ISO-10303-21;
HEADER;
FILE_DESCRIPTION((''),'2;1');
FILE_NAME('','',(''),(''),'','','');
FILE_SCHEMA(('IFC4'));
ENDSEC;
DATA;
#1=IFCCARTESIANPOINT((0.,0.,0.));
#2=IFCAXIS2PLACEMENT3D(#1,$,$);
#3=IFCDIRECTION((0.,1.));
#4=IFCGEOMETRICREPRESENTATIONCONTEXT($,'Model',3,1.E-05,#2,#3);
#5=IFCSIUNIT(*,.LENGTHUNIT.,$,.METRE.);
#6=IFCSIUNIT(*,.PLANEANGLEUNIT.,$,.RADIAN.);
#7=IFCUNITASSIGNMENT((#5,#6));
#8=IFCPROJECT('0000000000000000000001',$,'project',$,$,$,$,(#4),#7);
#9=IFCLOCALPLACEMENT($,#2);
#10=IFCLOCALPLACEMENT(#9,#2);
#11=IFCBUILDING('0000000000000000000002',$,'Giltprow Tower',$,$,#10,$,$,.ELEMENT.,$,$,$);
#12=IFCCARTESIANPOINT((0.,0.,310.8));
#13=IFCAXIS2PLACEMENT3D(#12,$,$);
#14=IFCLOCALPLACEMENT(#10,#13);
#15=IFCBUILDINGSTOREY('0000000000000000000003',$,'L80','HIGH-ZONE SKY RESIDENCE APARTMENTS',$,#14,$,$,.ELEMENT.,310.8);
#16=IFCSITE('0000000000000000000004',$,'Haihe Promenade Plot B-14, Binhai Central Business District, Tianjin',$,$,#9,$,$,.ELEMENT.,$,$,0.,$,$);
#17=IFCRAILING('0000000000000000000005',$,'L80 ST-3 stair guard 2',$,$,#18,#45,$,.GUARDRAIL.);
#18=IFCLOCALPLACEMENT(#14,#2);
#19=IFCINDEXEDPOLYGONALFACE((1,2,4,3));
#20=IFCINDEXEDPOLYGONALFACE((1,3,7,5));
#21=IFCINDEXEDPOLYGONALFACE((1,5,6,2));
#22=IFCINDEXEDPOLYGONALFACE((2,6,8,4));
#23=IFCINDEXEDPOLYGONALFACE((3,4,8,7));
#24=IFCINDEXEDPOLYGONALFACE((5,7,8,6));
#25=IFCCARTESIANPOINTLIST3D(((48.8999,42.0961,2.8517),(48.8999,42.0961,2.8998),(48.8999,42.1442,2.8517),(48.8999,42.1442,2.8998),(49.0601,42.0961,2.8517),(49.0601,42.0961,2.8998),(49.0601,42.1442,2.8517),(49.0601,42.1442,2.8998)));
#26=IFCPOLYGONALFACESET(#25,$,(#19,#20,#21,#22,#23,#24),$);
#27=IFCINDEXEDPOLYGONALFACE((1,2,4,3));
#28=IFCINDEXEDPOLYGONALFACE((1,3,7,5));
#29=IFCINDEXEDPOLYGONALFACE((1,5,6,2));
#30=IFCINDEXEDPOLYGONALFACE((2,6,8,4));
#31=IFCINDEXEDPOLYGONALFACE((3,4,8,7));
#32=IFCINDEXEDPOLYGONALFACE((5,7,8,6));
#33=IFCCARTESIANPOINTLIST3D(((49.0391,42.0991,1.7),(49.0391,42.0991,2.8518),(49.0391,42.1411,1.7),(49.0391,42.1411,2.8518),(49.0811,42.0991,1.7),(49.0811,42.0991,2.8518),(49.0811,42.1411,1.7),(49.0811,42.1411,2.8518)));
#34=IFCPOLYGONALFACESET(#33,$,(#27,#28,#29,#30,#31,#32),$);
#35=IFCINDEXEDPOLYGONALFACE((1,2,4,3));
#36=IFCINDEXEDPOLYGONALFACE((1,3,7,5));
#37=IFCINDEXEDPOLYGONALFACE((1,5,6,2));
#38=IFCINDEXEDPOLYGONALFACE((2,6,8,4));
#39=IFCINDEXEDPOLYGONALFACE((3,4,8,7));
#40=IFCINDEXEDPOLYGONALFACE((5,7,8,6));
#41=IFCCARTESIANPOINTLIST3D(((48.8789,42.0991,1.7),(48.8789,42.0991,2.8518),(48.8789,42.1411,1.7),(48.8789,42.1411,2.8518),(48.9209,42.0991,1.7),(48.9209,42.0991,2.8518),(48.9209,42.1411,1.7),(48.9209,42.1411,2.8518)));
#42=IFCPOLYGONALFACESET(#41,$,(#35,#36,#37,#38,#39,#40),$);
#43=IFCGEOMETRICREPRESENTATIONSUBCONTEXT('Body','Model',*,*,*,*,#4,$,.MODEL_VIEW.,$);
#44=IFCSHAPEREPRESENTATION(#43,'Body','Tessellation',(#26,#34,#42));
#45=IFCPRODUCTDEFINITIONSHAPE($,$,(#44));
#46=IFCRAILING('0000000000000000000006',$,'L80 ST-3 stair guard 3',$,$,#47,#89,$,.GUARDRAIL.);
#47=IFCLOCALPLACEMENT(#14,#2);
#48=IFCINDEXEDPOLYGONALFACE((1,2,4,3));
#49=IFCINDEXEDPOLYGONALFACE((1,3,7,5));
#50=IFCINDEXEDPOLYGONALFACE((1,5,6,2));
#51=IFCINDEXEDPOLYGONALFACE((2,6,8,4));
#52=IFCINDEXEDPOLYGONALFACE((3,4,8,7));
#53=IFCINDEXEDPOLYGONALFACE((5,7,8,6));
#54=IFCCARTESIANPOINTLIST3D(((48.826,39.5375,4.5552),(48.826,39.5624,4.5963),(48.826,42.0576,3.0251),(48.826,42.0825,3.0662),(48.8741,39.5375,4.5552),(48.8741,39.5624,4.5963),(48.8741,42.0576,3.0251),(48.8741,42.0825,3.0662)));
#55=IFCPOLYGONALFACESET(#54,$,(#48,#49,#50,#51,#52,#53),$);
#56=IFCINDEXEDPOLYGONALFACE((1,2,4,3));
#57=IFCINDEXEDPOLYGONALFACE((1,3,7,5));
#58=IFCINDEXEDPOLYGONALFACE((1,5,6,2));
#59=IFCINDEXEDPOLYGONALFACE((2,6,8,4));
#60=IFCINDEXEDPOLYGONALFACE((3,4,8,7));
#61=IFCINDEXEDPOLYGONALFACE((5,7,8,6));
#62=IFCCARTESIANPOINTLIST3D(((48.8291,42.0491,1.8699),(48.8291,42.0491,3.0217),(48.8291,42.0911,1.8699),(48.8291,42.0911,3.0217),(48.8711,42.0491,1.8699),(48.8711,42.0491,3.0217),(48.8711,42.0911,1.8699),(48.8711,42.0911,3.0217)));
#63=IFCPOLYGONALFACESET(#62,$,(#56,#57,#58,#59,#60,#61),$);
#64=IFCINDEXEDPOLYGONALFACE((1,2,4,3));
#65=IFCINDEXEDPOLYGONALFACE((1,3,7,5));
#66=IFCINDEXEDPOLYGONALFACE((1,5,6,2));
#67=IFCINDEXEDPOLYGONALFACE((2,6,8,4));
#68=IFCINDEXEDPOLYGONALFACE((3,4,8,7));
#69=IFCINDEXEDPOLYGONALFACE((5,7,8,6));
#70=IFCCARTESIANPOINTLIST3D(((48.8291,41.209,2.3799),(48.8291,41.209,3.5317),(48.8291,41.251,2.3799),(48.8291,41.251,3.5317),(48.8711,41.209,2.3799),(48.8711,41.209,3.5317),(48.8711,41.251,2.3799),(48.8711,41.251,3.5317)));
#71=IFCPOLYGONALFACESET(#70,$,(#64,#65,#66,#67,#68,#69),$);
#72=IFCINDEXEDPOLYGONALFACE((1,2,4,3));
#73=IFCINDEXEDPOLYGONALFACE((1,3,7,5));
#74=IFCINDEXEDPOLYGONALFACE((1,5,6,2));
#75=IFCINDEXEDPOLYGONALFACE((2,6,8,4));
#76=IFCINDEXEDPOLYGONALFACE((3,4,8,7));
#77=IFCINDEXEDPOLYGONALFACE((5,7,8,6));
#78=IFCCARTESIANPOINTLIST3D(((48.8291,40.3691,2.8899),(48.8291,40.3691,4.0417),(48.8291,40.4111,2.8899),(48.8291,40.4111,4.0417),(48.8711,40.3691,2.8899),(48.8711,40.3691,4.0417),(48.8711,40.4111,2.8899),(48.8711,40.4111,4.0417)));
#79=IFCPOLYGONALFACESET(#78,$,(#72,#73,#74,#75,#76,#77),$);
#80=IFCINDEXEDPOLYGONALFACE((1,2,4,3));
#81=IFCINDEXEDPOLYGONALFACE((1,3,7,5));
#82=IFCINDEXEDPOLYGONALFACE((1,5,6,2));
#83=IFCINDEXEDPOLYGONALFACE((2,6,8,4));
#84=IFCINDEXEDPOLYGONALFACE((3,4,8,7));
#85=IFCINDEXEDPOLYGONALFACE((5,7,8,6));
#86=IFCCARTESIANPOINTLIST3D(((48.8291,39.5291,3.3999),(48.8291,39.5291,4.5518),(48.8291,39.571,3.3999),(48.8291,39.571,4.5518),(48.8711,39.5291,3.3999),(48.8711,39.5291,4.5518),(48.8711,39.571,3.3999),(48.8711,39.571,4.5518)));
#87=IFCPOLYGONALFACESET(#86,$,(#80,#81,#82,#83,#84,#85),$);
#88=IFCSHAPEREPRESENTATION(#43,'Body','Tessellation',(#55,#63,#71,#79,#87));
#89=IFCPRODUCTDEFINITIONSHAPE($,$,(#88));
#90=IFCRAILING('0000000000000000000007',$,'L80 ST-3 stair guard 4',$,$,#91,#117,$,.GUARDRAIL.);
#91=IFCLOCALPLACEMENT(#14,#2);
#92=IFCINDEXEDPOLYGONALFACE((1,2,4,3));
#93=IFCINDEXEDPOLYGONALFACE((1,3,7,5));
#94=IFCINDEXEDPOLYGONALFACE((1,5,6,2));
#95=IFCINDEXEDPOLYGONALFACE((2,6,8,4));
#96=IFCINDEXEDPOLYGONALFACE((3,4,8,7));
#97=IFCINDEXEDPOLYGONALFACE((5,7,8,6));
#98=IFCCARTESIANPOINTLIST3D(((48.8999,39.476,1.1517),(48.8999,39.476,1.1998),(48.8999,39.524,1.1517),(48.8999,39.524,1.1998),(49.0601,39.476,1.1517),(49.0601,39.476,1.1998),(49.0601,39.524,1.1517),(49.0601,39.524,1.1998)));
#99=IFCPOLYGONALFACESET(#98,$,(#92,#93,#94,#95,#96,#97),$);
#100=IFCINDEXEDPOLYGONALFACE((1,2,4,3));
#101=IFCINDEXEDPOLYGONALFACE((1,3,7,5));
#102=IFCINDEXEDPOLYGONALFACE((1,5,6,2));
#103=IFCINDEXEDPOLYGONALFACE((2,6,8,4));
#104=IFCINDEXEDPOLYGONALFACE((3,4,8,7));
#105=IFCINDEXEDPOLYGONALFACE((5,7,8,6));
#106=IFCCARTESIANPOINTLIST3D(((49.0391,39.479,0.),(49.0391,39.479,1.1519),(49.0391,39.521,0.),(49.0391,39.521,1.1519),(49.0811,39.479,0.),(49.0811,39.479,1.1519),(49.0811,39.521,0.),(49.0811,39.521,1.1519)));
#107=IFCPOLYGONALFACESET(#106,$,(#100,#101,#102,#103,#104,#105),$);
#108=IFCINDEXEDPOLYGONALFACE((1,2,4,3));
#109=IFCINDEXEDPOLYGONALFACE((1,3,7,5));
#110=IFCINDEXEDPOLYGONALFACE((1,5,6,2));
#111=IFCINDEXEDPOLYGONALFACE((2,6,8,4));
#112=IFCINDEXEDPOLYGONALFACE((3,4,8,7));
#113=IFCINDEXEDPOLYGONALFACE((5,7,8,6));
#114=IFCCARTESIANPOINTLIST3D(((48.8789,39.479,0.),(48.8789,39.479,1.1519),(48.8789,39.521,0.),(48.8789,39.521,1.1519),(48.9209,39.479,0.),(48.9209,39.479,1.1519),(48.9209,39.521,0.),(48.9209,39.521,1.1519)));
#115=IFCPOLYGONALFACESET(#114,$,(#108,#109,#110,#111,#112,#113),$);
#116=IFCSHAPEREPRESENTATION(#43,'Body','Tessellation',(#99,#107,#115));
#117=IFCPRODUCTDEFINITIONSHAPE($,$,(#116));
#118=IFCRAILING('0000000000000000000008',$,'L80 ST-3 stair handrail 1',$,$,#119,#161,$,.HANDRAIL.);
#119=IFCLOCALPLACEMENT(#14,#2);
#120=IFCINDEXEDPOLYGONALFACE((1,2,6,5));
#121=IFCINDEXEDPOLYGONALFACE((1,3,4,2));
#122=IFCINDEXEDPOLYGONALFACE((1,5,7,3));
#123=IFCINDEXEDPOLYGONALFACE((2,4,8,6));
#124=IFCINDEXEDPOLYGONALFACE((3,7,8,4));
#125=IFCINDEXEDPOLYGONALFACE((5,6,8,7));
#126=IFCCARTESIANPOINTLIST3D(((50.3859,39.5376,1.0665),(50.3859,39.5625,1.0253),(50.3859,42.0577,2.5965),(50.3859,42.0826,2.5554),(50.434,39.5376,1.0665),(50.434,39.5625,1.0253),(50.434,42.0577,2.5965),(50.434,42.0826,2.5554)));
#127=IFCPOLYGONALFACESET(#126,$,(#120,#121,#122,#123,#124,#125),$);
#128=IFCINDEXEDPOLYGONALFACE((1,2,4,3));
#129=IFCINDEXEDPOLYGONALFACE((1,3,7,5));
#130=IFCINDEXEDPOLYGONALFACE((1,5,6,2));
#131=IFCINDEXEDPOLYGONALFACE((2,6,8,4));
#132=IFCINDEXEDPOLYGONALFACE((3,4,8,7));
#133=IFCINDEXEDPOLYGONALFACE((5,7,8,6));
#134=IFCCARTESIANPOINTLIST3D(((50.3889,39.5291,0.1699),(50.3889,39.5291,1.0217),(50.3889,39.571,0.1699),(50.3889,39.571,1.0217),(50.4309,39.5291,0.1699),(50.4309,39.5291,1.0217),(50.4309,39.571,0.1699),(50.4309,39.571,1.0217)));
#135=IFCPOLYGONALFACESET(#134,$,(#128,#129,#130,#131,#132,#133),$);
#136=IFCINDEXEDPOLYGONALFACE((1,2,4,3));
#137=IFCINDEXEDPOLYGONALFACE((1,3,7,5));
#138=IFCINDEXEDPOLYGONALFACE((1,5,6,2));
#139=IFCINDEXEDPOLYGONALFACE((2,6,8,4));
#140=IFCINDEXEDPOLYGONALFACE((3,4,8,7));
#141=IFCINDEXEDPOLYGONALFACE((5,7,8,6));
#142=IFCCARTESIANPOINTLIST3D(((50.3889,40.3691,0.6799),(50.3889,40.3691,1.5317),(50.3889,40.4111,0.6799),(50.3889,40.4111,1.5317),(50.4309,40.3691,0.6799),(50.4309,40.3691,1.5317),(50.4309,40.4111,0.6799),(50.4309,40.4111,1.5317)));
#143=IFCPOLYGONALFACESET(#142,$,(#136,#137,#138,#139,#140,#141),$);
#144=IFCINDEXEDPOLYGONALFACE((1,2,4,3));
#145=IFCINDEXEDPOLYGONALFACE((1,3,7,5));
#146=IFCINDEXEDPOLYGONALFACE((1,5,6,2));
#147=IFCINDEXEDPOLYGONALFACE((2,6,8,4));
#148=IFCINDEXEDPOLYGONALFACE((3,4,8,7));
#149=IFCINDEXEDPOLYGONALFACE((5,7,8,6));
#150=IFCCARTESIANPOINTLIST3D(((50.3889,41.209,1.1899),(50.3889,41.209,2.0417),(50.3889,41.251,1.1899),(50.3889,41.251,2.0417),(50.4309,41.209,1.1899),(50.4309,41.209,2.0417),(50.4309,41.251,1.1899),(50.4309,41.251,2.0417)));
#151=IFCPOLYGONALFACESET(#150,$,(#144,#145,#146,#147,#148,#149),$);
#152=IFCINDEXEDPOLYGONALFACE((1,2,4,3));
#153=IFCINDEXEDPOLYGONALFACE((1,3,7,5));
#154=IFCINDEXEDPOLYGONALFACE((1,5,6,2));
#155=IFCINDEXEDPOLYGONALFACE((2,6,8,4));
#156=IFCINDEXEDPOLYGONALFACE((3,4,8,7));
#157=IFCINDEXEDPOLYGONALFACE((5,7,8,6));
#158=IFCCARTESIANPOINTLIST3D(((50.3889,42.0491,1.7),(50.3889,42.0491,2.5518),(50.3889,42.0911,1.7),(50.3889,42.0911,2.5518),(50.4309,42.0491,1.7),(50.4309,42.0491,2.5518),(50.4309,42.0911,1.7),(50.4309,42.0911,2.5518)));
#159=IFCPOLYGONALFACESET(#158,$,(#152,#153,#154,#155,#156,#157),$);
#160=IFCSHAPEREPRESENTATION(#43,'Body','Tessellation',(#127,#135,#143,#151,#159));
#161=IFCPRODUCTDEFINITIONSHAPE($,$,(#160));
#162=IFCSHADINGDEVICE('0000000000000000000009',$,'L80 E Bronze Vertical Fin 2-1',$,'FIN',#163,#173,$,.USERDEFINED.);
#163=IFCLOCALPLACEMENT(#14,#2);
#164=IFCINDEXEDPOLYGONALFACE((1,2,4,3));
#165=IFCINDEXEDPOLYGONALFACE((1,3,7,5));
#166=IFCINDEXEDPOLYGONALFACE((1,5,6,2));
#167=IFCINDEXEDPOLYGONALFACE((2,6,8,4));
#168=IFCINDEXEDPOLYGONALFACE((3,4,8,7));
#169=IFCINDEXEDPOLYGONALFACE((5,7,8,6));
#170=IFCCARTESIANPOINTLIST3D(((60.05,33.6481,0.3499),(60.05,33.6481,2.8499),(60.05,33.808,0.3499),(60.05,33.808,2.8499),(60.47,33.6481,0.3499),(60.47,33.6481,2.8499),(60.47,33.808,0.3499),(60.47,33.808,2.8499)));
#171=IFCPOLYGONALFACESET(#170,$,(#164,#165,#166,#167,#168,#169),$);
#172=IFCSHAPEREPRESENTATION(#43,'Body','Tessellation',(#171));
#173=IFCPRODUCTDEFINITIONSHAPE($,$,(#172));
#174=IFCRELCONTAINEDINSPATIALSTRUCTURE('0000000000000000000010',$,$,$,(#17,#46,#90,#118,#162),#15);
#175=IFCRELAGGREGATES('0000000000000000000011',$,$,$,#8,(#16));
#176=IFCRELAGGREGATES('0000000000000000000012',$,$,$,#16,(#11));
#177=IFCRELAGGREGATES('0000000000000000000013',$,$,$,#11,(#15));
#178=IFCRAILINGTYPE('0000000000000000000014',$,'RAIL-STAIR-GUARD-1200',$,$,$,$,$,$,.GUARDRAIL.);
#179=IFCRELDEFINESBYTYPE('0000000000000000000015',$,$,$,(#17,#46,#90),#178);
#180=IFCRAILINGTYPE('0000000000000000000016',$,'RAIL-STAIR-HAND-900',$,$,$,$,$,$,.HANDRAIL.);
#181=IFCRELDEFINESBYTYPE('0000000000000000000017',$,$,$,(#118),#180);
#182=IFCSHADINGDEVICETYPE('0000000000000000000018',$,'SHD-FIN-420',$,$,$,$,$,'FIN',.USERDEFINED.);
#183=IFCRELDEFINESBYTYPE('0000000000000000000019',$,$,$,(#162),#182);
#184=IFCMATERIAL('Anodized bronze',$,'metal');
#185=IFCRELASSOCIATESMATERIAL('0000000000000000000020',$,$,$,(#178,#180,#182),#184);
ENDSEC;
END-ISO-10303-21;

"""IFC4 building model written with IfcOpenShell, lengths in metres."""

from ifc_helpers import new_model, si_unit, direction, frame, origin, origin_2d, place, context, subcontext, project, spatial, rectangle, extrude, source, transform, mapped, material, type_object, element, save


model = new_model("IFC4")

# Units and contexts
model_context = context("Model", 3, precision=1e-05, world=origin(), true_north=direction((0.0, 1.0)))
body_context = subcontext(model_context, "Body", "Model", "MODEL_VIEW")
ifc_project = project(units=[si_unit("LENGTHUNIT", "METRE"), si_unit("PLANEANGLEUNIT", "RADIAN")], contexts=[model_context])

# Site, building, storey
site_placement = place(None, origin())
site = spatial("IfcSite", under=ifc_project, at=site_placement, Name="Haihe Promenade Plot B-14, Binhai Central Business District, Tianjin", CompositionType="ELEMENT", RefElevation=0.0)
building_placement = place(site_placement, origin())
building = spatial("IfcBuilding", under=site, at=building_placement, Name="Giltprow Tower", CompositionType="ELEMENT")
storey_placement = place(building_placement, frame((0.0, 0.0, 310.8)))
storey = spatial("IfcBuildingStorey", under=building, at=storey_placement, Name="L80", Description="HIGH-ZONE SKY RESIDENCE APARTMENTS", CompositionType="ELEMENT", Elevation=310.8)

# Railings
ifc_material_1 = material(Name="Anodized bronze", Category="metal")
railing_type_1 = type_object("IfcRailingType", Name="RAIL-STAIR-GUARD-1200", PredefinedType="GUARDRAIL", material=ifc_material_1)
railing_1_placement = place(storey_placement, frame((49.0601, 42.1201, 1.7)))
element("IfcRailing", 1, at=railing_1_placement, inside=storey, type_object=railing_type_1, Name="L80 ST-3 stair guard 2", PredefinedType="GUARDRAIL", context=body_context, shape_type="SweptSolid", body=[
    extrude(rectangle(XDim=0.0481, YDim=0.0481, at=origin_2d()), frame((0.0, 0.0, 1.1758), z_axis=(-1.0, 0.0, 0.0), x_axis=(0.0, -1.0, 0.0)), (0.0, 0.0, 1.0), 0.1602),
    extrude(rectangle(XDim=0.042, YDim=0.042, at=origin_2d()), origin(), (0.0, 0.0, 1.0), 1.1519),
    extrude(rectangle(XDim=0.042, YDim=0.042, at=origin_2d()), frame((-0.1602, 0.0, 0.0)), (0.0, 0.0, 1.0), 1.1519),
])
railing_2_placement = place(storey_placement, frame((48.8501, 42.0701, 1.8699)))
element("IfcRailing", 2, at=railing_2_placement, inside=storey, type_object=railing_type_1, Name="L80 ST-3 stair guard 3", PredefinedType="GUARDRAIL", context=body_context, shape_type="SweptSolid", body=[
    extrude(rectangle(XDim=0.0481, YDim=0.0481, at=origin_2d()), frame((0.0, 0.0, 1.1758), z_axis=(0.0, -0.854785, 0.518982), x_axis=(1.0, 0.0, 0.0)), (0.0, 0.0, 1.0), 2.9482),
    extrude(rectangle(XDim=0.042, YDim=0.042, at=origin_2d()), origin(), (0.0, 0.0, 1.0), 1.1519),
    extrude(rectangle(XDim=0.042, YDim=0.042, at=origin_2d()), frame((0.0, -0.8401, 0.51)), (0.0, 0.0, 1.0), 1.1519),
    extrude(rectangle(XDim=0.042, YDim=0.042, at=origin_2d()), frame((0.0, -1.6799, 1.02)), (0.0, 0.0, 1.0), 1.1519),
    extrude(rectangle(XDim=0.042, YDim=0.042, at=origin_2d()), frame((0.0, -2.52, 1.53)), (0.0, 0.0, 1.0), 1.1519),
])
railing_3_placement = place(storey_placement, frame((49.0601, 39.5, 0.0)))
element("IfcRailing", 3, at=railing_3_placement, inside=storey, type_object=railing_type_1, Name="L80 ST-3 stair guard 4", PredefinedType="GUARDRAIL", context=body_context, shape_type="SweptSolid", body=[
    extrude(rectangle(XDim=0.0481, YDim=0.0481, at=origin_2d()), frame((0.0, 0.0, 1.1758), z_axis=(-1.0, 0.0, 0.0), x_axis=(0.0, -1.0, 0.0)), (0.0, 0.0, 1.0), 0.1602),
    extrude(rectangle(XDim=0.042, YDim=0.042, at=origin_2d()), origin(), (0.0, 0.0, 1.0), 1.1519),
    extrude(rectangle(XDim=0.042, YDim=0.042, at=origin_2d()), frame((-0.1602, 0.0, 0.0)), (0.0, 0.0, 1.0), 1.1519),
])
railing_type_2 = type_object("IfcRailingType", Name="RAIL-STAIR-HAND-900", PredefinedType="HANDRAIL", material=ifc_material_1)
railing_4_placement = place(storey_placement, frame((50.4099, 39.55, 0.1699)))
element("IfcRailing", 4, at=railing_4_placement, inside=storey, type_object=railing_type_2, Name="L80 ST-3 stair handrail 1", PredefinedType="HANDRAIL", context=body_context, shape_type="SweptSolid", body=[
    extrude(rectangle(XDim=0.0481, YDim=0.0481, at=origin_2d()), frame((0.0, 0.0, 0.876), z_axis=(0.0, 0.854785, 0.518982), x_axis=(-1.0, 0.0, 0.0)), (0.0, 0.0, 1.0), 2.9482),
    extrude(rectangle(XDim=0.042, YDim=0.042, at=origin_2d()), origin(), (0.0, 0.0, 1.0), 0.8518),
    extrude(rectangle(XDim=0.042, YDim=0.042, at=origin_2d()), frame((0.0, 0.8401, 0.51)), (0.0, 0.0, 1.0), 0.8518),
    extrude(rectangle(XDim=0.042, YDim=0.042, at=origin_2d()), frame((0.0, 1.6799, 1.02)), (0.0, 0.0, 1.0), 0.8518),
    extrude(rectangle(XDim=0.042, YDim=0.042, at=origin_2d()), frame((0.0, 2.52, 1.53)), (0.0, 0.0, 1.0), 0.8518),
])

# Shading device
shading_device_type = type_object("IfcShadingDeviceType", Name="SHD-FIN-420", ElementType="FIN", PredefinedType="USERDEFINED", material=ifc_material_1)
shared_shape_1 = source(origin(), body_context, "Body", "SweptSolid", [
    extrude(rectangle(XDim=0.4199, YDim=0.1599, at=origin_2d()), origin(), (0.0, 0.0, 1.0), 2.5),
])
shading_device_placement = place(storey_placement, frame((60.26, 33.728, 0.3499), z_axis=(0.0, 0.0, 1.0), x_axis=(1.0, 0.0, 0.0)))
element("IfcShadingDevice", 5, at=shading_device_placement, inside=storey, type_object=shading_device_type, Name="L80 E Bronze Vertical Fin 2-1", ObjectType="FIN", PredefinedType="USERDEFINED", context=body_context, shape_type="MappedRepresentation", body=[
    mapped(shared_shape_1, transform((0.0, 0.0, 0.0), x_axis=(1.0, 0.0, 0.0), y_axis=(0.0, 1.0, 0.0), z_axis=(0.0, 0.0, 1.0), scale=1.0)),
])

save(model, "model.ifc")
